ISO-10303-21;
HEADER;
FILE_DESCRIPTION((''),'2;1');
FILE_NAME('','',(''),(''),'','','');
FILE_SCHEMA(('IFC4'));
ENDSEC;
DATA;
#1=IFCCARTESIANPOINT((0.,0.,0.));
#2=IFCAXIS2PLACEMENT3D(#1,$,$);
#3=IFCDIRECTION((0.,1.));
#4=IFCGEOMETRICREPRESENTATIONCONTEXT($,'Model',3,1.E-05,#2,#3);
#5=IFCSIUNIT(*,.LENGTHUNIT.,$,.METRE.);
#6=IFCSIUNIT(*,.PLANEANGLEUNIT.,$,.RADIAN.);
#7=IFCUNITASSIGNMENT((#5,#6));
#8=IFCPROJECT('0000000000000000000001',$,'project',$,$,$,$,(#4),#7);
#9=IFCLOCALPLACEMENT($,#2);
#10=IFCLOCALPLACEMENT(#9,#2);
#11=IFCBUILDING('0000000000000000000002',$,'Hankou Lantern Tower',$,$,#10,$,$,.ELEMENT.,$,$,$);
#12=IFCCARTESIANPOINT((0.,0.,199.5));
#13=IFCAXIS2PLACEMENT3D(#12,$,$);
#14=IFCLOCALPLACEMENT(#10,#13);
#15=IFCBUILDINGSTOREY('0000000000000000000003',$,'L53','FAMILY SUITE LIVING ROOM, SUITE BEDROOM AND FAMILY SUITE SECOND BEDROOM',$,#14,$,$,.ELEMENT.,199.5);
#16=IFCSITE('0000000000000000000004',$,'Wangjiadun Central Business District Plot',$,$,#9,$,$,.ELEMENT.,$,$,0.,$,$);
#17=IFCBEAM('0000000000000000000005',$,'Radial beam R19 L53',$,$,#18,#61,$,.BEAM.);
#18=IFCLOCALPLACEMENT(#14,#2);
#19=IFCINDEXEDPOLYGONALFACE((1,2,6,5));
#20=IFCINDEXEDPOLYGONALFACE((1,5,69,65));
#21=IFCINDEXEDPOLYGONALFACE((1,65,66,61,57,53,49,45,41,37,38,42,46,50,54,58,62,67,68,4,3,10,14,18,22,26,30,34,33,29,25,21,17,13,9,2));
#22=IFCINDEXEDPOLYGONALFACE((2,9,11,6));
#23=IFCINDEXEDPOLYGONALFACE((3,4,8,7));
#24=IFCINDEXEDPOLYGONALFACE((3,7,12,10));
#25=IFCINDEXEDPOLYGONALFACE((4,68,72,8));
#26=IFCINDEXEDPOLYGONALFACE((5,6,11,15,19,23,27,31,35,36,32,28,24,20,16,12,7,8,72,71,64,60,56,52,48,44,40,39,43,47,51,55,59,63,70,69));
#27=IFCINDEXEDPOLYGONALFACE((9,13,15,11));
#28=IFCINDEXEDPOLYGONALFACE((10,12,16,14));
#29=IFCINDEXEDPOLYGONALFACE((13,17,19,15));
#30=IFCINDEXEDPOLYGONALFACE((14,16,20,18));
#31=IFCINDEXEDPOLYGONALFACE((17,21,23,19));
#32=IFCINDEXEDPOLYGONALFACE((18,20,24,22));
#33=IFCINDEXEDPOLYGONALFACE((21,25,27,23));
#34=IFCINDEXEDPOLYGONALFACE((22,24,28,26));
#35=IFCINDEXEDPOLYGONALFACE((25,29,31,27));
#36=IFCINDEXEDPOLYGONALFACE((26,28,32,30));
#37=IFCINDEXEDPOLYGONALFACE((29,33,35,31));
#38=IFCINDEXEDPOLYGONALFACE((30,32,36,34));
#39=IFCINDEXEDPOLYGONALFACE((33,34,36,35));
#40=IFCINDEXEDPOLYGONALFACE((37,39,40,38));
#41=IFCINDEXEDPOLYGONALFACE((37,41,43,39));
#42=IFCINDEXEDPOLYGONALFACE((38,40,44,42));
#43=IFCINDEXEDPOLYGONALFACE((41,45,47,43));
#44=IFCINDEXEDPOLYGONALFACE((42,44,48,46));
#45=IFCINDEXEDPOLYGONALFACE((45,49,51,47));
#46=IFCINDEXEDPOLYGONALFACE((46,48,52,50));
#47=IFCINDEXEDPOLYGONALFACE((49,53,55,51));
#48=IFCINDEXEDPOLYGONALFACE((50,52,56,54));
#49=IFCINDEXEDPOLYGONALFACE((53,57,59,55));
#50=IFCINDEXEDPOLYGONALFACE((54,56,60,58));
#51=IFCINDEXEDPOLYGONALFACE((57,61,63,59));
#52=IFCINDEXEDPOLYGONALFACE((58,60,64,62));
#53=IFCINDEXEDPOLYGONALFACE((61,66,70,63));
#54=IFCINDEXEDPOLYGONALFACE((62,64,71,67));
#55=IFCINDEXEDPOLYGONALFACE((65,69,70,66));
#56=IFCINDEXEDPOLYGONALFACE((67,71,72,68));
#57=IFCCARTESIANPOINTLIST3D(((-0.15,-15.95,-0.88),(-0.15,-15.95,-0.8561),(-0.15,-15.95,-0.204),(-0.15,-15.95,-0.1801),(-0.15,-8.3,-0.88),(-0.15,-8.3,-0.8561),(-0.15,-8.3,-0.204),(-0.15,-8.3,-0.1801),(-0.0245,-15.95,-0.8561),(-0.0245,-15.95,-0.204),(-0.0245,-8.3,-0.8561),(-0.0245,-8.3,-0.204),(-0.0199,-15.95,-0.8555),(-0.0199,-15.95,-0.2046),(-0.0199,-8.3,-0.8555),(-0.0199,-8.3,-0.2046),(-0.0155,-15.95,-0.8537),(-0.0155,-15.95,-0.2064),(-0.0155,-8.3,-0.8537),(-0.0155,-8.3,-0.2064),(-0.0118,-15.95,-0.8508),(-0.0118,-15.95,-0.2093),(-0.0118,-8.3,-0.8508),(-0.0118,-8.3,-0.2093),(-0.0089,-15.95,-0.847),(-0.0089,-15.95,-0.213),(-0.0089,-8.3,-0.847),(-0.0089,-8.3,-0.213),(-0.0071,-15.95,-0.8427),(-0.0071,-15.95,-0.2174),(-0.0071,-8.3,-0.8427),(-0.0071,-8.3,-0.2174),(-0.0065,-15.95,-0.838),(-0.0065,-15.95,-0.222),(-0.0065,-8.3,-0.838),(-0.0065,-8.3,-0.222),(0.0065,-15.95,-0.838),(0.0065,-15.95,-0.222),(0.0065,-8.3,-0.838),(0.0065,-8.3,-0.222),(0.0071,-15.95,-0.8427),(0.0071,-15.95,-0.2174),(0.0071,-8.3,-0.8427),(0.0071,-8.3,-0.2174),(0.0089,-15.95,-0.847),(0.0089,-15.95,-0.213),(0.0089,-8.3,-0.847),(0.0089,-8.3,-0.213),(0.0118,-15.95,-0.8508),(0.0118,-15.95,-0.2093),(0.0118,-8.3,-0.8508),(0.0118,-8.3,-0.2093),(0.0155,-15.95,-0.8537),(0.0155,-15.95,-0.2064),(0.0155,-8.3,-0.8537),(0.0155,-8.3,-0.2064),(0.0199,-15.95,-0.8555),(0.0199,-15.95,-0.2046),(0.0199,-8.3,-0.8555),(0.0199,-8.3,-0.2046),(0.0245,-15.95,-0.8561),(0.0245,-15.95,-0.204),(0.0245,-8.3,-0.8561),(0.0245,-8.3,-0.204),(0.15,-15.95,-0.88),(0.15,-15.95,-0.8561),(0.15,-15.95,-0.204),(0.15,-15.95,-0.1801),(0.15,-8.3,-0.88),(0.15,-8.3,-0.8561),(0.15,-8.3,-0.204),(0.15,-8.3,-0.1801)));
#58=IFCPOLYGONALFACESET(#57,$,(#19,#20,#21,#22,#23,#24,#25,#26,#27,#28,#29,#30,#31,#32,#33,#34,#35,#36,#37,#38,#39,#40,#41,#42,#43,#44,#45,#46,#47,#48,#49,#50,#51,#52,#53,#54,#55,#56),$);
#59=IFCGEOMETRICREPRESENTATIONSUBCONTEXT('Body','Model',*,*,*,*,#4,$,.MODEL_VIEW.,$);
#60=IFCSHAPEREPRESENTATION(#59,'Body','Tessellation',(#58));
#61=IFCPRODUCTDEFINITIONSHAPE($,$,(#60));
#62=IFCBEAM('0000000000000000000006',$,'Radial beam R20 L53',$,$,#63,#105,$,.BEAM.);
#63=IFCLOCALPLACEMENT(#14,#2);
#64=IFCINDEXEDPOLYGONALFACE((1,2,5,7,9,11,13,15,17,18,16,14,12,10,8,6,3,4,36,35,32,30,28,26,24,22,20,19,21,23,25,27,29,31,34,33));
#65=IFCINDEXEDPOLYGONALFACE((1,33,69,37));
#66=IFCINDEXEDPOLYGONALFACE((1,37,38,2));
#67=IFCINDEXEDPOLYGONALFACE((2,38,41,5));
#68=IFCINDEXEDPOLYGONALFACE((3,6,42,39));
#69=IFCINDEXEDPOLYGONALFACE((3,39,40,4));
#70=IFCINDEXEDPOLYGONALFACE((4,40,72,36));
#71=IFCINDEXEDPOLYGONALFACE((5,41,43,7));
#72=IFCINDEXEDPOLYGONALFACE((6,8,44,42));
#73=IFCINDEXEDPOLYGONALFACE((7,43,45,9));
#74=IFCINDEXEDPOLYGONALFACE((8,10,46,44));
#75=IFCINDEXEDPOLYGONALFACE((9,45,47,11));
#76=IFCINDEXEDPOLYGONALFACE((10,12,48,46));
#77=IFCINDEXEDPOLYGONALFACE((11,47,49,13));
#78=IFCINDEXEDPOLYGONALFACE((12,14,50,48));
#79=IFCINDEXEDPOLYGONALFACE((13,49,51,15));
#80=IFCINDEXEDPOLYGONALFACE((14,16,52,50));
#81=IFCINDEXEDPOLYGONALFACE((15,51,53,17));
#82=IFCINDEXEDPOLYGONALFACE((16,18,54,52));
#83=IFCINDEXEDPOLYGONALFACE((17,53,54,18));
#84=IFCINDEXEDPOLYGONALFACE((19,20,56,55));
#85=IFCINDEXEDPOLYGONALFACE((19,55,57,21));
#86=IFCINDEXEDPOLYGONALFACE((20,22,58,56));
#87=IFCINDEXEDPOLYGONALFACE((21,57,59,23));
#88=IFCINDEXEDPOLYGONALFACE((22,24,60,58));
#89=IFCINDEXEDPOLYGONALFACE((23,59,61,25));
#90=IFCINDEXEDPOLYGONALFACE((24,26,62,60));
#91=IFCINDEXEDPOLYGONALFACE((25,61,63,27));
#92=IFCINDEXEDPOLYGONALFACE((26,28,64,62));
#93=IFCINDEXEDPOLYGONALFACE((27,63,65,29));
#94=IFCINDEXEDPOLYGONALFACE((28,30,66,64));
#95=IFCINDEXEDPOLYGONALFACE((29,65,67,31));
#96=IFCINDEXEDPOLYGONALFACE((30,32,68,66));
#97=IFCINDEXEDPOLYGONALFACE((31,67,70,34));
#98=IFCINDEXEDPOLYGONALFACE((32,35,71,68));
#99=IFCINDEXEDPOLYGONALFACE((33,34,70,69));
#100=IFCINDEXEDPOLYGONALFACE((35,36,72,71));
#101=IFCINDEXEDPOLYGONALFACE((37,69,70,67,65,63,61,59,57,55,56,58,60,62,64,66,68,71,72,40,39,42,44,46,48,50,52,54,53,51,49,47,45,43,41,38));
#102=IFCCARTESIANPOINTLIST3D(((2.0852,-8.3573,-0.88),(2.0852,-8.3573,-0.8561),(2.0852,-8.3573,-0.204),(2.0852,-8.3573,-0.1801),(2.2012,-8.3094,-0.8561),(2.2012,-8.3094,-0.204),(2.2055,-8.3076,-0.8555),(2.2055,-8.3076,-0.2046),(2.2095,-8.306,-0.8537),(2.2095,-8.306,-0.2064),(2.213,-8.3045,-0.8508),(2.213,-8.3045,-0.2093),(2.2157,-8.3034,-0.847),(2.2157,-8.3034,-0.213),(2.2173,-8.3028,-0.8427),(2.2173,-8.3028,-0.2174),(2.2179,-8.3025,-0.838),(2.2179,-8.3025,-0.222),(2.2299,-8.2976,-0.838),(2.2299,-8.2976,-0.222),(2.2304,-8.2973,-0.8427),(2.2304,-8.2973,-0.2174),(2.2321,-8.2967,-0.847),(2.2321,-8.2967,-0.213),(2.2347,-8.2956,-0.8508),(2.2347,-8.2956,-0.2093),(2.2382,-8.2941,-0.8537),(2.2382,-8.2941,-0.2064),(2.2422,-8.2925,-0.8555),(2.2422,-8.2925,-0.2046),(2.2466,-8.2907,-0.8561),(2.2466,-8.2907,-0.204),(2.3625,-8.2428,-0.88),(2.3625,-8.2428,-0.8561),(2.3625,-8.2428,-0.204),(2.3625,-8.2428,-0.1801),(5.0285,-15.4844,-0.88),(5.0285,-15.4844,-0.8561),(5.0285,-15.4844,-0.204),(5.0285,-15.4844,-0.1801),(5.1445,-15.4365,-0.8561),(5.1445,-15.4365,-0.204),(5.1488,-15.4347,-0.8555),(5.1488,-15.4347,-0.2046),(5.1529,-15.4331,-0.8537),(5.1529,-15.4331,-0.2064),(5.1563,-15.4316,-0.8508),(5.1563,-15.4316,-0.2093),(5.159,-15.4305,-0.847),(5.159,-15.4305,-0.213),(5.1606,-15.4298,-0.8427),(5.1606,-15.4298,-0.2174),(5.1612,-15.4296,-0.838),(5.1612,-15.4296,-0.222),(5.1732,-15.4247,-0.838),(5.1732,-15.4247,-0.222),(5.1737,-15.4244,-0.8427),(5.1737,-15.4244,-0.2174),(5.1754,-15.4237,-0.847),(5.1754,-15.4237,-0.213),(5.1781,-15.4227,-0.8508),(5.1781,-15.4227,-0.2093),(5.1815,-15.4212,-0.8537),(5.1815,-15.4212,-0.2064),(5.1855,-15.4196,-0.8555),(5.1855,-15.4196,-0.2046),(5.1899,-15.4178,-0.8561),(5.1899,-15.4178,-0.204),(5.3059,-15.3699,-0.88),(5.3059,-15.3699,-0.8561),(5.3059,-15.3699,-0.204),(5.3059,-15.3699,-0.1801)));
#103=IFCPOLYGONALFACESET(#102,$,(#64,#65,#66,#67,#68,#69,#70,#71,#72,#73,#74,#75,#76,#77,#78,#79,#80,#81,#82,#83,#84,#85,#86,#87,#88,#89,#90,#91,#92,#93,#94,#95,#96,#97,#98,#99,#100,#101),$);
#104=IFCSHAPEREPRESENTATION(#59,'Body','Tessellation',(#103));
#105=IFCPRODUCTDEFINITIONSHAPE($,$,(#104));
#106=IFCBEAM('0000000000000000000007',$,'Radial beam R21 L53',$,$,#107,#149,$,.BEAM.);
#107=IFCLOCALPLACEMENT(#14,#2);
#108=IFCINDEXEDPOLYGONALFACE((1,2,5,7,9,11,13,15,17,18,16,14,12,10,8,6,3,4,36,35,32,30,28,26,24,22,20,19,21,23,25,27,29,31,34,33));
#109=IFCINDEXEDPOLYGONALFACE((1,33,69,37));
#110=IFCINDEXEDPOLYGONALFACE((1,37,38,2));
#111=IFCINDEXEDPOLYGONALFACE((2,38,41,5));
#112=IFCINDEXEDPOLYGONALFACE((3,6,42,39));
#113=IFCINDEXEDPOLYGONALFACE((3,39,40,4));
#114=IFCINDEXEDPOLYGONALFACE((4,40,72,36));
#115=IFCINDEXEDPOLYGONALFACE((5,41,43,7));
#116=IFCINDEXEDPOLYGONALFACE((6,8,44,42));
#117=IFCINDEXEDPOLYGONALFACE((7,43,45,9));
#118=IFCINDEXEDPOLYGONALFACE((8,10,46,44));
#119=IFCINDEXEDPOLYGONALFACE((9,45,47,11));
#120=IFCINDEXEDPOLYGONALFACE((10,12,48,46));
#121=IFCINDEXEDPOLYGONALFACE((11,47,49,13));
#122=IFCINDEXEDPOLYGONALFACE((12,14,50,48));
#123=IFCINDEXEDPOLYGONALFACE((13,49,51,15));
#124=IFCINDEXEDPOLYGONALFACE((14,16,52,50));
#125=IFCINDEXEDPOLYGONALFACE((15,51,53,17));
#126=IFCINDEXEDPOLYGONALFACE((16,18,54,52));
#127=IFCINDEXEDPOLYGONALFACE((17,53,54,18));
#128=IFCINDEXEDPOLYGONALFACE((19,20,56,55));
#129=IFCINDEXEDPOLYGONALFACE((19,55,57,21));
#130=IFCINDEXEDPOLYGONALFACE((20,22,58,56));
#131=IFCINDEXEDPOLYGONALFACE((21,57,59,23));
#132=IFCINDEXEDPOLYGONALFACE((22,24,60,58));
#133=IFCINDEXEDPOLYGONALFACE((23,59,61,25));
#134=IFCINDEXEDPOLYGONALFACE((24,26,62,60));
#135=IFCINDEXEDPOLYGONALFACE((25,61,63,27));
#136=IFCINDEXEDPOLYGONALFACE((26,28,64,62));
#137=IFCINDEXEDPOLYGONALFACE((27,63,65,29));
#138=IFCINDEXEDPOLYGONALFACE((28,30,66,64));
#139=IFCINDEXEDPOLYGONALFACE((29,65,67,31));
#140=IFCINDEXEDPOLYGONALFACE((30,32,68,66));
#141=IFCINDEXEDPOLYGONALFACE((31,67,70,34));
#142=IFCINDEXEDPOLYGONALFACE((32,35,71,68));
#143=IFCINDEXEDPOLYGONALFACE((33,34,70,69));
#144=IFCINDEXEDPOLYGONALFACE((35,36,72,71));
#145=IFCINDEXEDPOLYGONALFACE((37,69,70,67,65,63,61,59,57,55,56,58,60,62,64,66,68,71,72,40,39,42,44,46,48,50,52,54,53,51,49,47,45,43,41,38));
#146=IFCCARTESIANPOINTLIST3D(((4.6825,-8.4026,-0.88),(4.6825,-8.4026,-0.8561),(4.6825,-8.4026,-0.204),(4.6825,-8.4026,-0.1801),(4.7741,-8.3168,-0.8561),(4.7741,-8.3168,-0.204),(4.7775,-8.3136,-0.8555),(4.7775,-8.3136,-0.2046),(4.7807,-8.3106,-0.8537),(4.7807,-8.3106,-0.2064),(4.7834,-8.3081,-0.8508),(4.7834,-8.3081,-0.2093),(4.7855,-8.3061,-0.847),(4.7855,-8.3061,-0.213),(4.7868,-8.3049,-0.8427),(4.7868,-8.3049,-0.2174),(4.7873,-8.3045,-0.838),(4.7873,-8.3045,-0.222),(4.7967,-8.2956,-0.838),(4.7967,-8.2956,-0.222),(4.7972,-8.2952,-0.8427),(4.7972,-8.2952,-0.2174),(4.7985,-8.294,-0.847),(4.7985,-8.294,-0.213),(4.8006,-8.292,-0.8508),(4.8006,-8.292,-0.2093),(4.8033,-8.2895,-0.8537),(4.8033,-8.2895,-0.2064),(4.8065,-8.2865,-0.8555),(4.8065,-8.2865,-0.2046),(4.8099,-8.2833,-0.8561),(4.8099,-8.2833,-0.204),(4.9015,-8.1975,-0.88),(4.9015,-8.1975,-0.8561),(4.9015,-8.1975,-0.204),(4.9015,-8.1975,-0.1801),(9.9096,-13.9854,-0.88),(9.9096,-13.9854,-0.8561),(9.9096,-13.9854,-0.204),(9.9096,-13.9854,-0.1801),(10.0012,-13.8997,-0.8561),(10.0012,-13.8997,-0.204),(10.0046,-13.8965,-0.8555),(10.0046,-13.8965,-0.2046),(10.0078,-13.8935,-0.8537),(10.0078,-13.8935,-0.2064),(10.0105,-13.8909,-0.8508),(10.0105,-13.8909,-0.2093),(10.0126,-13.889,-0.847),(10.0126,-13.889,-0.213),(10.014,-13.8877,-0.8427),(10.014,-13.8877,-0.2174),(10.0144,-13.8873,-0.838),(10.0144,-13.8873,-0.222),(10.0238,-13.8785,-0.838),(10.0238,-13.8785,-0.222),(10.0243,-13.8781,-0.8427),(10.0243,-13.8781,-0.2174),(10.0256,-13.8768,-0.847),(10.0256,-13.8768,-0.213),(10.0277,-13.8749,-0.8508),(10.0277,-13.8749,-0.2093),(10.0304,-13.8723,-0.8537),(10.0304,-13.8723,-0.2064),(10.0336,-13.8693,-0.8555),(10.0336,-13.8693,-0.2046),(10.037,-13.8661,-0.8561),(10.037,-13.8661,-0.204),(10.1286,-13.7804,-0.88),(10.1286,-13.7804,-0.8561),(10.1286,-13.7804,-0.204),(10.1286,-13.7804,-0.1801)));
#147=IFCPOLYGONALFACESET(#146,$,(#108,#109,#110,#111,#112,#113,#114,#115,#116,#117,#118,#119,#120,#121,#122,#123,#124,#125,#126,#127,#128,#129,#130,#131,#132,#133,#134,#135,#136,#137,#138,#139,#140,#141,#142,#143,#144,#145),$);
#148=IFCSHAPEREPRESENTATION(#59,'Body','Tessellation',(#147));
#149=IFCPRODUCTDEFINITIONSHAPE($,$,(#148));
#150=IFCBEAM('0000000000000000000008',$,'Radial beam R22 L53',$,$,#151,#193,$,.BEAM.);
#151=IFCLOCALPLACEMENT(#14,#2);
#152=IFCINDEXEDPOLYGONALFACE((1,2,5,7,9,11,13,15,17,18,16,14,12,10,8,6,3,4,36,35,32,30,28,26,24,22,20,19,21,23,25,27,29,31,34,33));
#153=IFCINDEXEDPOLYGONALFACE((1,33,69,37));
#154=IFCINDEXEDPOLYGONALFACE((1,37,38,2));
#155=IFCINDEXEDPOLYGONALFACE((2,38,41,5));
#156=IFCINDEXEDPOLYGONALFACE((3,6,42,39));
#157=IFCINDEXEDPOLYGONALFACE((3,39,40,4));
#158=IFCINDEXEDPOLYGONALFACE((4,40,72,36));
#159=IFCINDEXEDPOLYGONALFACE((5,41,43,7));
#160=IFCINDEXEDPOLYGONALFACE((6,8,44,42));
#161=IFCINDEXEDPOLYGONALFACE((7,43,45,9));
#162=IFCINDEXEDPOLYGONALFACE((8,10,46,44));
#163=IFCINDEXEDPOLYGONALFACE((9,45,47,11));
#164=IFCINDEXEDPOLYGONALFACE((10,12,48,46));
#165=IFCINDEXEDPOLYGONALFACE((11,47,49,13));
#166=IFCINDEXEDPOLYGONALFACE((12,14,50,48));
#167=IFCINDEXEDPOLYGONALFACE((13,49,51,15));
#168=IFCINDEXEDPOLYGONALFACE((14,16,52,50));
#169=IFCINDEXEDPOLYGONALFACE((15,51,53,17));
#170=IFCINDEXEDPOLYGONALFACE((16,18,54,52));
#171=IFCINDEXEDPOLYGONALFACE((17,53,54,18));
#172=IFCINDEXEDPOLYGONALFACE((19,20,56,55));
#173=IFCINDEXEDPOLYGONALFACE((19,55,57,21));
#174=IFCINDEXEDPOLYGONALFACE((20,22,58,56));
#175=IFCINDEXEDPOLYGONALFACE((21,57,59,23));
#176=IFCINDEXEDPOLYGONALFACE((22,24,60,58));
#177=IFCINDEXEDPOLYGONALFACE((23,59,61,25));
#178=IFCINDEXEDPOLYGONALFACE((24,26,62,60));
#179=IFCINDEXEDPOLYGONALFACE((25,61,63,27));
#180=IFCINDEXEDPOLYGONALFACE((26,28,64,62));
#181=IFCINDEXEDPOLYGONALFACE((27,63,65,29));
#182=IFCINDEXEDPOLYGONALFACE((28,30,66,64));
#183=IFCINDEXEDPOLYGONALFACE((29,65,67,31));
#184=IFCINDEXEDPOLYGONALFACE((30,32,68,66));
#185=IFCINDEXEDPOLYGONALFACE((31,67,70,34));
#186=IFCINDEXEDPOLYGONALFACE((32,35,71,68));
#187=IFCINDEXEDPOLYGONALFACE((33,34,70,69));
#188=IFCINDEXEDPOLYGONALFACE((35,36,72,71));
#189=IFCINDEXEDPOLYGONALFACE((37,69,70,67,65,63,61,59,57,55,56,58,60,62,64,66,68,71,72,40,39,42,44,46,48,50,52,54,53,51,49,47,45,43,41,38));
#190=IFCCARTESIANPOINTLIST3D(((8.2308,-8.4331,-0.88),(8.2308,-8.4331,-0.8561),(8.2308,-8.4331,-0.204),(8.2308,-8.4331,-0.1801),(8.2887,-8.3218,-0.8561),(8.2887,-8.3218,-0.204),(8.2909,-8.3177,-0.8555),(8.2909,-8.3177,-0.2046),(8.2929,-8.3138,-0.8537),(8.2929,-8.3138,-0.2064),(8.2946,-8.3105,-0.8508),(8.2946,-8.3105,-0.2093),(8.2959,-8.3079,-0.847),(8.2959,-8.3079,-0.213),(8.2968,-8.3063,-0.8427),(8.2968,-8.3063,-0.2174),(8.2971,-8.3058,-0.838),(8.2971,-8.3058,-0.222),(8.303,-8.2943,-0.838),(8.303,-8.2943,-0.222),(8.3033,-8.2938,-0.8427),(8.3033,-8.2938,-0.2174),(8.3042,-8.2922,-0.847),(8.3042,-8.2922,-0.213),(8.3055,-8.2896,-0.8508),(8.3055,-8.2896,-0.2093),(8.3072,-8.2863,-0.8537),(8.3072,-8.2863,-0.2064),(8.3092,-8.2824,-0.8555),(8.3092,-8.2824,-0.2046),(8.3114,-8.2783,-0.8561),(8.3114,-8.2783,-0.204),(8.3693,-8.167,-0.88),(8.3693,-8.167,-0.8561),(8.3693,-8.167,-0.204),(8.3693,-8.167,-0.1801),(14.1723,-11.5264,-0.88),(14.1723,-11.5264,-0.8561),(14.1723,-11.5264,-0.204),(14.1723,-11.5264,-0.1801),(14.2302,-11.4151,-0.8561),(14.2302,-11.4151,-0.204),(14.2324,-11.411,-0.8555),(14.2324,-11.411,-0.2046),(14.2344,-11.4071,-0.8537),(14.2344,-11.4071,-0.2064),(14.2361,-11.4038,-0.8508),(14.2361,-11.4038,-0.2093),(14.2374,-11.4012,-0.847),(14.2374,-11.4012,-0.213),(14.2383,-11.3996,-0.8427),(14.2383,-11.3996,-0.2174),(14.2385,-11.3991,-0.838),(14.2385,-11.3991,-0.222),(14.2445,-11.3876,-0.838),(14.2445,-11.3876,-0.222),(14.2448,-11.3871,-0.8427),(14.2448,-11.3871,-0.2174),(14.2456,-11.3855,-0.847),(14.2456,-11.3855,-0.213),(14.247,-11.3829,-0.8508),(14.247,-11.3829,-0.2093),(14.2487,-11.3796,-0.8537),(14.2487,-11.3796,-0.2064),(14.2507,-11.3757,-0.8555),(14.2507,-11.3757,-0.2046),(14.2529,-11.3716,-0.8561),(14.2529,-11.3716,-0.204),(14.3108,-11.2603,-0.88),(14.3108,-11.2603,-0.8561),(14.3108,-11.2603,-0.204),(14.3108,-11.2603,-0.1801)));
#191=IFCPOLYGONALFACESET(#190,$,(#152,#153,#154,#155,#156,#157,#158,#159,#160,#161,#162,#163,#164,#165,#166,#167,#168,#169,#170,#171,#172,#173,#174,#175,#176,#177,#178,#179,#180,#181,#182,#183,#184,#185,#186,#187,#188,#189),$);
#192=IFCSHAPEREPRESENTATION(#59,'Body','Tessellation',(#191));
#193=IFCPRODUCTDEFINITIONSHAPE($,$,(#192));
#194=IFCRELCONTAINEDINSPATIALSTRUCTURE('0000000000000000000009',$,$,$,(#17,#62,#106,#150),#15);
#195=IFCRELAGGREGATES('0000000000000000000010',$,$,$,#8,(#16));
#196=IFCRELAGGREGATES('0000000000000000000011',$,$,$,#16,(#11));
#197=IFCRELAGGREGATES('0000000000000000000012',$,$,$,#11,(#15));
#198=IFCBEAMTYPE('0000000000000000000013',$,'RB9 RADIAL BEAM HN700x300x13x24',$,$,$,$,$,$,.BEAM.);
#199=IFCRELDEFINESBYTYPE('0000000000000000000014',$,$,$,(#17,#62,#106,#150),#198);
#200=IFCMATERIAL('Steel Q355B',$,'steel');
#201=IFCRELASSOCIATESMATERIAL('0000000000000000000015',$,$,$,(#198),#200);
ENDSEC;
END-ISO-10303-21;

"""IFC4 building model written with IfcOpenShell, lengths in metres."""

from ifc_helpers import new_model, si_unit, direction, frame, origin, origin_2d, place, context, subcontext, project, spatial, i_section, extrude, material, material_profile, profile_set, type_object, element, save


model = new_model("IFC4")

# Units and contexts
model_context = context("Model", 3, precision=1e-05, world=origin(), true_north=direction((0.0, 1.0)))
body_context = subcontext(model_context, "Body", "Model", "MODEL_VIEW")
ifc_project = project(units=[si_unit("LENGTHUNIT", "METRE"), si_unit("PLANEANGLEUNIT", "RADIAN")], contexts=[model_context])

# Site, building, storey
site_placement = place(None, origin())
site = spatial("IfcSite", under=ifc_project, at=site_placement, Name="Wangjiadun Central Business District Plot", CompositionType="ELEMENT", RefElevation=0.0)
building_placement = place(site_placement, origin())
building = spatial("IfcBuilding", under=site, at=building_placement, Name="Hankou Lantern Tower", CompositionType="ELEMENT")
storey_placement = place(building_placement, frame((0.0, 0.0, 199.5)))
storey = spatial("IfcBuildingStorey", under=building, at=storey_placement, Name="L53", Description="FAMILY SUITE LIVING ROOM, SUITE BEDROOM AND FAMILY SUITE SECOND BEDROOM", CompositionType="ELEMENT", Elevation=199.5)

# Beams
ifc_material_1 = material(Name="Steel Q355B", Category="steel")
ifc_material_profile_1 = material_profile(ifc_material_1, i_section(OverallWidth=0.3, OverallDepth=0.7, WebThickness=0.0129, FlangeThickness=0.0239, FilletRadius=0.0181, at=origin_2d()), Name="HN700x300x13x24")
ifc_profile_set_1 = profile_set([ifc_material_profile_1], Name="Steel Q355B")
beam_type_1 = type_object("IfcBeamType", Name="RB9 RADIAL BEAM HN700x300x13x24", PredefinedType="BEAM", material=ifc_profile_set_1)
beam_1_placement = place(storey_placement, frame((0.0, -8.3, -0.53), z_axis=(0.0, -1.0, 0.0), x_axis=(1.0, 0.0, 0.0)))
element("IfcBeam", 1, at=beam_1_placement, inside=storey, type_object=beam_type_1, Name="Radial beam R19 L53", PredefinedType="BEAM", context=body_context, shape_type="SweptSolid", body=[
    extrude(i_section(OverallWidth=0.3, OverallDepth=0.7, WebThickness=0.0129, FlangeThickness=0.0239, FilletRadius=0.0181, at=origin_2d()), origin(), (0.0, 0.0, 1.0), 7.6499),
])
beam_2_placement = place(storey_placement, frame((2.2239, -8.3, -0.53), z_axis=(0.381707, -0.924284, 0.0), x_axis=(0.924284, 0.381707, 0.0)))
element("IfcBeam", 2, at=beam_2_placement, inside=storey, type_object=beam_type_1, Name="Radial beam R20 L53", PredefinedType="BEAM", context=body_context, shape_type="SweptSolid", body=[
    extrude(i_section(OverallWidth=0.3, OverallDepth=0.7, WebThickness=0.0129, FlangeThickness=0.0239, FilletRadius=0.0181, at=origin_2d()), origin(), (0.0, 0.0, 1.0), 7.7109),
])
beam_3_placement = place(storey_placement, frame((4.792, -8.3, -0.53), z_axis=(0.683468, -0.72998, 0.0), x_axis=(0.72998, 0.683468, 0.0)))
element("IfcBeam", 3, at=beam_3_placement, inside=storey, type_object=beam_type_1, Name="Radial beam R21 L53", PredefinedType="BEAM", context=body_context, shape_type="SweptSolid", body=[
    extrude(i_section(OverallWidth=0.3, OverallDepth=0.7, WebThickness=0.0129, FlangeThickness=0.0239, FilletRadius=0.0181, at=origin_2d()), origin(), (0.0, 0.0, 1.0), 7.6479),
])
beam_4_placement = place(storey_placement, frame((8.3, -8.3, -0.53), z_axis=(0.886989, -0.461791, 0.0), x_axis=(0.461791, 0.886989, 0.0)))
element("IfcBeam", 4, at=beam_4_placement, inside=storey, type_object=beam_type_1, Name="Radial beam R22 L53", PredefinedType="BEAM", context=body_context, shape_type="SweptSolid", body=[
    extrude(i_section(OverallWidth=0.3, OverallDepth=0.7, WebThickness=0.0129, FlangeThickness=0.0239, FilletRadius=0.0181, at=origin_2d()), origin(), (0.0, 0.0, 1.0), 6.6985),
])

save(model, "model.ifc")
